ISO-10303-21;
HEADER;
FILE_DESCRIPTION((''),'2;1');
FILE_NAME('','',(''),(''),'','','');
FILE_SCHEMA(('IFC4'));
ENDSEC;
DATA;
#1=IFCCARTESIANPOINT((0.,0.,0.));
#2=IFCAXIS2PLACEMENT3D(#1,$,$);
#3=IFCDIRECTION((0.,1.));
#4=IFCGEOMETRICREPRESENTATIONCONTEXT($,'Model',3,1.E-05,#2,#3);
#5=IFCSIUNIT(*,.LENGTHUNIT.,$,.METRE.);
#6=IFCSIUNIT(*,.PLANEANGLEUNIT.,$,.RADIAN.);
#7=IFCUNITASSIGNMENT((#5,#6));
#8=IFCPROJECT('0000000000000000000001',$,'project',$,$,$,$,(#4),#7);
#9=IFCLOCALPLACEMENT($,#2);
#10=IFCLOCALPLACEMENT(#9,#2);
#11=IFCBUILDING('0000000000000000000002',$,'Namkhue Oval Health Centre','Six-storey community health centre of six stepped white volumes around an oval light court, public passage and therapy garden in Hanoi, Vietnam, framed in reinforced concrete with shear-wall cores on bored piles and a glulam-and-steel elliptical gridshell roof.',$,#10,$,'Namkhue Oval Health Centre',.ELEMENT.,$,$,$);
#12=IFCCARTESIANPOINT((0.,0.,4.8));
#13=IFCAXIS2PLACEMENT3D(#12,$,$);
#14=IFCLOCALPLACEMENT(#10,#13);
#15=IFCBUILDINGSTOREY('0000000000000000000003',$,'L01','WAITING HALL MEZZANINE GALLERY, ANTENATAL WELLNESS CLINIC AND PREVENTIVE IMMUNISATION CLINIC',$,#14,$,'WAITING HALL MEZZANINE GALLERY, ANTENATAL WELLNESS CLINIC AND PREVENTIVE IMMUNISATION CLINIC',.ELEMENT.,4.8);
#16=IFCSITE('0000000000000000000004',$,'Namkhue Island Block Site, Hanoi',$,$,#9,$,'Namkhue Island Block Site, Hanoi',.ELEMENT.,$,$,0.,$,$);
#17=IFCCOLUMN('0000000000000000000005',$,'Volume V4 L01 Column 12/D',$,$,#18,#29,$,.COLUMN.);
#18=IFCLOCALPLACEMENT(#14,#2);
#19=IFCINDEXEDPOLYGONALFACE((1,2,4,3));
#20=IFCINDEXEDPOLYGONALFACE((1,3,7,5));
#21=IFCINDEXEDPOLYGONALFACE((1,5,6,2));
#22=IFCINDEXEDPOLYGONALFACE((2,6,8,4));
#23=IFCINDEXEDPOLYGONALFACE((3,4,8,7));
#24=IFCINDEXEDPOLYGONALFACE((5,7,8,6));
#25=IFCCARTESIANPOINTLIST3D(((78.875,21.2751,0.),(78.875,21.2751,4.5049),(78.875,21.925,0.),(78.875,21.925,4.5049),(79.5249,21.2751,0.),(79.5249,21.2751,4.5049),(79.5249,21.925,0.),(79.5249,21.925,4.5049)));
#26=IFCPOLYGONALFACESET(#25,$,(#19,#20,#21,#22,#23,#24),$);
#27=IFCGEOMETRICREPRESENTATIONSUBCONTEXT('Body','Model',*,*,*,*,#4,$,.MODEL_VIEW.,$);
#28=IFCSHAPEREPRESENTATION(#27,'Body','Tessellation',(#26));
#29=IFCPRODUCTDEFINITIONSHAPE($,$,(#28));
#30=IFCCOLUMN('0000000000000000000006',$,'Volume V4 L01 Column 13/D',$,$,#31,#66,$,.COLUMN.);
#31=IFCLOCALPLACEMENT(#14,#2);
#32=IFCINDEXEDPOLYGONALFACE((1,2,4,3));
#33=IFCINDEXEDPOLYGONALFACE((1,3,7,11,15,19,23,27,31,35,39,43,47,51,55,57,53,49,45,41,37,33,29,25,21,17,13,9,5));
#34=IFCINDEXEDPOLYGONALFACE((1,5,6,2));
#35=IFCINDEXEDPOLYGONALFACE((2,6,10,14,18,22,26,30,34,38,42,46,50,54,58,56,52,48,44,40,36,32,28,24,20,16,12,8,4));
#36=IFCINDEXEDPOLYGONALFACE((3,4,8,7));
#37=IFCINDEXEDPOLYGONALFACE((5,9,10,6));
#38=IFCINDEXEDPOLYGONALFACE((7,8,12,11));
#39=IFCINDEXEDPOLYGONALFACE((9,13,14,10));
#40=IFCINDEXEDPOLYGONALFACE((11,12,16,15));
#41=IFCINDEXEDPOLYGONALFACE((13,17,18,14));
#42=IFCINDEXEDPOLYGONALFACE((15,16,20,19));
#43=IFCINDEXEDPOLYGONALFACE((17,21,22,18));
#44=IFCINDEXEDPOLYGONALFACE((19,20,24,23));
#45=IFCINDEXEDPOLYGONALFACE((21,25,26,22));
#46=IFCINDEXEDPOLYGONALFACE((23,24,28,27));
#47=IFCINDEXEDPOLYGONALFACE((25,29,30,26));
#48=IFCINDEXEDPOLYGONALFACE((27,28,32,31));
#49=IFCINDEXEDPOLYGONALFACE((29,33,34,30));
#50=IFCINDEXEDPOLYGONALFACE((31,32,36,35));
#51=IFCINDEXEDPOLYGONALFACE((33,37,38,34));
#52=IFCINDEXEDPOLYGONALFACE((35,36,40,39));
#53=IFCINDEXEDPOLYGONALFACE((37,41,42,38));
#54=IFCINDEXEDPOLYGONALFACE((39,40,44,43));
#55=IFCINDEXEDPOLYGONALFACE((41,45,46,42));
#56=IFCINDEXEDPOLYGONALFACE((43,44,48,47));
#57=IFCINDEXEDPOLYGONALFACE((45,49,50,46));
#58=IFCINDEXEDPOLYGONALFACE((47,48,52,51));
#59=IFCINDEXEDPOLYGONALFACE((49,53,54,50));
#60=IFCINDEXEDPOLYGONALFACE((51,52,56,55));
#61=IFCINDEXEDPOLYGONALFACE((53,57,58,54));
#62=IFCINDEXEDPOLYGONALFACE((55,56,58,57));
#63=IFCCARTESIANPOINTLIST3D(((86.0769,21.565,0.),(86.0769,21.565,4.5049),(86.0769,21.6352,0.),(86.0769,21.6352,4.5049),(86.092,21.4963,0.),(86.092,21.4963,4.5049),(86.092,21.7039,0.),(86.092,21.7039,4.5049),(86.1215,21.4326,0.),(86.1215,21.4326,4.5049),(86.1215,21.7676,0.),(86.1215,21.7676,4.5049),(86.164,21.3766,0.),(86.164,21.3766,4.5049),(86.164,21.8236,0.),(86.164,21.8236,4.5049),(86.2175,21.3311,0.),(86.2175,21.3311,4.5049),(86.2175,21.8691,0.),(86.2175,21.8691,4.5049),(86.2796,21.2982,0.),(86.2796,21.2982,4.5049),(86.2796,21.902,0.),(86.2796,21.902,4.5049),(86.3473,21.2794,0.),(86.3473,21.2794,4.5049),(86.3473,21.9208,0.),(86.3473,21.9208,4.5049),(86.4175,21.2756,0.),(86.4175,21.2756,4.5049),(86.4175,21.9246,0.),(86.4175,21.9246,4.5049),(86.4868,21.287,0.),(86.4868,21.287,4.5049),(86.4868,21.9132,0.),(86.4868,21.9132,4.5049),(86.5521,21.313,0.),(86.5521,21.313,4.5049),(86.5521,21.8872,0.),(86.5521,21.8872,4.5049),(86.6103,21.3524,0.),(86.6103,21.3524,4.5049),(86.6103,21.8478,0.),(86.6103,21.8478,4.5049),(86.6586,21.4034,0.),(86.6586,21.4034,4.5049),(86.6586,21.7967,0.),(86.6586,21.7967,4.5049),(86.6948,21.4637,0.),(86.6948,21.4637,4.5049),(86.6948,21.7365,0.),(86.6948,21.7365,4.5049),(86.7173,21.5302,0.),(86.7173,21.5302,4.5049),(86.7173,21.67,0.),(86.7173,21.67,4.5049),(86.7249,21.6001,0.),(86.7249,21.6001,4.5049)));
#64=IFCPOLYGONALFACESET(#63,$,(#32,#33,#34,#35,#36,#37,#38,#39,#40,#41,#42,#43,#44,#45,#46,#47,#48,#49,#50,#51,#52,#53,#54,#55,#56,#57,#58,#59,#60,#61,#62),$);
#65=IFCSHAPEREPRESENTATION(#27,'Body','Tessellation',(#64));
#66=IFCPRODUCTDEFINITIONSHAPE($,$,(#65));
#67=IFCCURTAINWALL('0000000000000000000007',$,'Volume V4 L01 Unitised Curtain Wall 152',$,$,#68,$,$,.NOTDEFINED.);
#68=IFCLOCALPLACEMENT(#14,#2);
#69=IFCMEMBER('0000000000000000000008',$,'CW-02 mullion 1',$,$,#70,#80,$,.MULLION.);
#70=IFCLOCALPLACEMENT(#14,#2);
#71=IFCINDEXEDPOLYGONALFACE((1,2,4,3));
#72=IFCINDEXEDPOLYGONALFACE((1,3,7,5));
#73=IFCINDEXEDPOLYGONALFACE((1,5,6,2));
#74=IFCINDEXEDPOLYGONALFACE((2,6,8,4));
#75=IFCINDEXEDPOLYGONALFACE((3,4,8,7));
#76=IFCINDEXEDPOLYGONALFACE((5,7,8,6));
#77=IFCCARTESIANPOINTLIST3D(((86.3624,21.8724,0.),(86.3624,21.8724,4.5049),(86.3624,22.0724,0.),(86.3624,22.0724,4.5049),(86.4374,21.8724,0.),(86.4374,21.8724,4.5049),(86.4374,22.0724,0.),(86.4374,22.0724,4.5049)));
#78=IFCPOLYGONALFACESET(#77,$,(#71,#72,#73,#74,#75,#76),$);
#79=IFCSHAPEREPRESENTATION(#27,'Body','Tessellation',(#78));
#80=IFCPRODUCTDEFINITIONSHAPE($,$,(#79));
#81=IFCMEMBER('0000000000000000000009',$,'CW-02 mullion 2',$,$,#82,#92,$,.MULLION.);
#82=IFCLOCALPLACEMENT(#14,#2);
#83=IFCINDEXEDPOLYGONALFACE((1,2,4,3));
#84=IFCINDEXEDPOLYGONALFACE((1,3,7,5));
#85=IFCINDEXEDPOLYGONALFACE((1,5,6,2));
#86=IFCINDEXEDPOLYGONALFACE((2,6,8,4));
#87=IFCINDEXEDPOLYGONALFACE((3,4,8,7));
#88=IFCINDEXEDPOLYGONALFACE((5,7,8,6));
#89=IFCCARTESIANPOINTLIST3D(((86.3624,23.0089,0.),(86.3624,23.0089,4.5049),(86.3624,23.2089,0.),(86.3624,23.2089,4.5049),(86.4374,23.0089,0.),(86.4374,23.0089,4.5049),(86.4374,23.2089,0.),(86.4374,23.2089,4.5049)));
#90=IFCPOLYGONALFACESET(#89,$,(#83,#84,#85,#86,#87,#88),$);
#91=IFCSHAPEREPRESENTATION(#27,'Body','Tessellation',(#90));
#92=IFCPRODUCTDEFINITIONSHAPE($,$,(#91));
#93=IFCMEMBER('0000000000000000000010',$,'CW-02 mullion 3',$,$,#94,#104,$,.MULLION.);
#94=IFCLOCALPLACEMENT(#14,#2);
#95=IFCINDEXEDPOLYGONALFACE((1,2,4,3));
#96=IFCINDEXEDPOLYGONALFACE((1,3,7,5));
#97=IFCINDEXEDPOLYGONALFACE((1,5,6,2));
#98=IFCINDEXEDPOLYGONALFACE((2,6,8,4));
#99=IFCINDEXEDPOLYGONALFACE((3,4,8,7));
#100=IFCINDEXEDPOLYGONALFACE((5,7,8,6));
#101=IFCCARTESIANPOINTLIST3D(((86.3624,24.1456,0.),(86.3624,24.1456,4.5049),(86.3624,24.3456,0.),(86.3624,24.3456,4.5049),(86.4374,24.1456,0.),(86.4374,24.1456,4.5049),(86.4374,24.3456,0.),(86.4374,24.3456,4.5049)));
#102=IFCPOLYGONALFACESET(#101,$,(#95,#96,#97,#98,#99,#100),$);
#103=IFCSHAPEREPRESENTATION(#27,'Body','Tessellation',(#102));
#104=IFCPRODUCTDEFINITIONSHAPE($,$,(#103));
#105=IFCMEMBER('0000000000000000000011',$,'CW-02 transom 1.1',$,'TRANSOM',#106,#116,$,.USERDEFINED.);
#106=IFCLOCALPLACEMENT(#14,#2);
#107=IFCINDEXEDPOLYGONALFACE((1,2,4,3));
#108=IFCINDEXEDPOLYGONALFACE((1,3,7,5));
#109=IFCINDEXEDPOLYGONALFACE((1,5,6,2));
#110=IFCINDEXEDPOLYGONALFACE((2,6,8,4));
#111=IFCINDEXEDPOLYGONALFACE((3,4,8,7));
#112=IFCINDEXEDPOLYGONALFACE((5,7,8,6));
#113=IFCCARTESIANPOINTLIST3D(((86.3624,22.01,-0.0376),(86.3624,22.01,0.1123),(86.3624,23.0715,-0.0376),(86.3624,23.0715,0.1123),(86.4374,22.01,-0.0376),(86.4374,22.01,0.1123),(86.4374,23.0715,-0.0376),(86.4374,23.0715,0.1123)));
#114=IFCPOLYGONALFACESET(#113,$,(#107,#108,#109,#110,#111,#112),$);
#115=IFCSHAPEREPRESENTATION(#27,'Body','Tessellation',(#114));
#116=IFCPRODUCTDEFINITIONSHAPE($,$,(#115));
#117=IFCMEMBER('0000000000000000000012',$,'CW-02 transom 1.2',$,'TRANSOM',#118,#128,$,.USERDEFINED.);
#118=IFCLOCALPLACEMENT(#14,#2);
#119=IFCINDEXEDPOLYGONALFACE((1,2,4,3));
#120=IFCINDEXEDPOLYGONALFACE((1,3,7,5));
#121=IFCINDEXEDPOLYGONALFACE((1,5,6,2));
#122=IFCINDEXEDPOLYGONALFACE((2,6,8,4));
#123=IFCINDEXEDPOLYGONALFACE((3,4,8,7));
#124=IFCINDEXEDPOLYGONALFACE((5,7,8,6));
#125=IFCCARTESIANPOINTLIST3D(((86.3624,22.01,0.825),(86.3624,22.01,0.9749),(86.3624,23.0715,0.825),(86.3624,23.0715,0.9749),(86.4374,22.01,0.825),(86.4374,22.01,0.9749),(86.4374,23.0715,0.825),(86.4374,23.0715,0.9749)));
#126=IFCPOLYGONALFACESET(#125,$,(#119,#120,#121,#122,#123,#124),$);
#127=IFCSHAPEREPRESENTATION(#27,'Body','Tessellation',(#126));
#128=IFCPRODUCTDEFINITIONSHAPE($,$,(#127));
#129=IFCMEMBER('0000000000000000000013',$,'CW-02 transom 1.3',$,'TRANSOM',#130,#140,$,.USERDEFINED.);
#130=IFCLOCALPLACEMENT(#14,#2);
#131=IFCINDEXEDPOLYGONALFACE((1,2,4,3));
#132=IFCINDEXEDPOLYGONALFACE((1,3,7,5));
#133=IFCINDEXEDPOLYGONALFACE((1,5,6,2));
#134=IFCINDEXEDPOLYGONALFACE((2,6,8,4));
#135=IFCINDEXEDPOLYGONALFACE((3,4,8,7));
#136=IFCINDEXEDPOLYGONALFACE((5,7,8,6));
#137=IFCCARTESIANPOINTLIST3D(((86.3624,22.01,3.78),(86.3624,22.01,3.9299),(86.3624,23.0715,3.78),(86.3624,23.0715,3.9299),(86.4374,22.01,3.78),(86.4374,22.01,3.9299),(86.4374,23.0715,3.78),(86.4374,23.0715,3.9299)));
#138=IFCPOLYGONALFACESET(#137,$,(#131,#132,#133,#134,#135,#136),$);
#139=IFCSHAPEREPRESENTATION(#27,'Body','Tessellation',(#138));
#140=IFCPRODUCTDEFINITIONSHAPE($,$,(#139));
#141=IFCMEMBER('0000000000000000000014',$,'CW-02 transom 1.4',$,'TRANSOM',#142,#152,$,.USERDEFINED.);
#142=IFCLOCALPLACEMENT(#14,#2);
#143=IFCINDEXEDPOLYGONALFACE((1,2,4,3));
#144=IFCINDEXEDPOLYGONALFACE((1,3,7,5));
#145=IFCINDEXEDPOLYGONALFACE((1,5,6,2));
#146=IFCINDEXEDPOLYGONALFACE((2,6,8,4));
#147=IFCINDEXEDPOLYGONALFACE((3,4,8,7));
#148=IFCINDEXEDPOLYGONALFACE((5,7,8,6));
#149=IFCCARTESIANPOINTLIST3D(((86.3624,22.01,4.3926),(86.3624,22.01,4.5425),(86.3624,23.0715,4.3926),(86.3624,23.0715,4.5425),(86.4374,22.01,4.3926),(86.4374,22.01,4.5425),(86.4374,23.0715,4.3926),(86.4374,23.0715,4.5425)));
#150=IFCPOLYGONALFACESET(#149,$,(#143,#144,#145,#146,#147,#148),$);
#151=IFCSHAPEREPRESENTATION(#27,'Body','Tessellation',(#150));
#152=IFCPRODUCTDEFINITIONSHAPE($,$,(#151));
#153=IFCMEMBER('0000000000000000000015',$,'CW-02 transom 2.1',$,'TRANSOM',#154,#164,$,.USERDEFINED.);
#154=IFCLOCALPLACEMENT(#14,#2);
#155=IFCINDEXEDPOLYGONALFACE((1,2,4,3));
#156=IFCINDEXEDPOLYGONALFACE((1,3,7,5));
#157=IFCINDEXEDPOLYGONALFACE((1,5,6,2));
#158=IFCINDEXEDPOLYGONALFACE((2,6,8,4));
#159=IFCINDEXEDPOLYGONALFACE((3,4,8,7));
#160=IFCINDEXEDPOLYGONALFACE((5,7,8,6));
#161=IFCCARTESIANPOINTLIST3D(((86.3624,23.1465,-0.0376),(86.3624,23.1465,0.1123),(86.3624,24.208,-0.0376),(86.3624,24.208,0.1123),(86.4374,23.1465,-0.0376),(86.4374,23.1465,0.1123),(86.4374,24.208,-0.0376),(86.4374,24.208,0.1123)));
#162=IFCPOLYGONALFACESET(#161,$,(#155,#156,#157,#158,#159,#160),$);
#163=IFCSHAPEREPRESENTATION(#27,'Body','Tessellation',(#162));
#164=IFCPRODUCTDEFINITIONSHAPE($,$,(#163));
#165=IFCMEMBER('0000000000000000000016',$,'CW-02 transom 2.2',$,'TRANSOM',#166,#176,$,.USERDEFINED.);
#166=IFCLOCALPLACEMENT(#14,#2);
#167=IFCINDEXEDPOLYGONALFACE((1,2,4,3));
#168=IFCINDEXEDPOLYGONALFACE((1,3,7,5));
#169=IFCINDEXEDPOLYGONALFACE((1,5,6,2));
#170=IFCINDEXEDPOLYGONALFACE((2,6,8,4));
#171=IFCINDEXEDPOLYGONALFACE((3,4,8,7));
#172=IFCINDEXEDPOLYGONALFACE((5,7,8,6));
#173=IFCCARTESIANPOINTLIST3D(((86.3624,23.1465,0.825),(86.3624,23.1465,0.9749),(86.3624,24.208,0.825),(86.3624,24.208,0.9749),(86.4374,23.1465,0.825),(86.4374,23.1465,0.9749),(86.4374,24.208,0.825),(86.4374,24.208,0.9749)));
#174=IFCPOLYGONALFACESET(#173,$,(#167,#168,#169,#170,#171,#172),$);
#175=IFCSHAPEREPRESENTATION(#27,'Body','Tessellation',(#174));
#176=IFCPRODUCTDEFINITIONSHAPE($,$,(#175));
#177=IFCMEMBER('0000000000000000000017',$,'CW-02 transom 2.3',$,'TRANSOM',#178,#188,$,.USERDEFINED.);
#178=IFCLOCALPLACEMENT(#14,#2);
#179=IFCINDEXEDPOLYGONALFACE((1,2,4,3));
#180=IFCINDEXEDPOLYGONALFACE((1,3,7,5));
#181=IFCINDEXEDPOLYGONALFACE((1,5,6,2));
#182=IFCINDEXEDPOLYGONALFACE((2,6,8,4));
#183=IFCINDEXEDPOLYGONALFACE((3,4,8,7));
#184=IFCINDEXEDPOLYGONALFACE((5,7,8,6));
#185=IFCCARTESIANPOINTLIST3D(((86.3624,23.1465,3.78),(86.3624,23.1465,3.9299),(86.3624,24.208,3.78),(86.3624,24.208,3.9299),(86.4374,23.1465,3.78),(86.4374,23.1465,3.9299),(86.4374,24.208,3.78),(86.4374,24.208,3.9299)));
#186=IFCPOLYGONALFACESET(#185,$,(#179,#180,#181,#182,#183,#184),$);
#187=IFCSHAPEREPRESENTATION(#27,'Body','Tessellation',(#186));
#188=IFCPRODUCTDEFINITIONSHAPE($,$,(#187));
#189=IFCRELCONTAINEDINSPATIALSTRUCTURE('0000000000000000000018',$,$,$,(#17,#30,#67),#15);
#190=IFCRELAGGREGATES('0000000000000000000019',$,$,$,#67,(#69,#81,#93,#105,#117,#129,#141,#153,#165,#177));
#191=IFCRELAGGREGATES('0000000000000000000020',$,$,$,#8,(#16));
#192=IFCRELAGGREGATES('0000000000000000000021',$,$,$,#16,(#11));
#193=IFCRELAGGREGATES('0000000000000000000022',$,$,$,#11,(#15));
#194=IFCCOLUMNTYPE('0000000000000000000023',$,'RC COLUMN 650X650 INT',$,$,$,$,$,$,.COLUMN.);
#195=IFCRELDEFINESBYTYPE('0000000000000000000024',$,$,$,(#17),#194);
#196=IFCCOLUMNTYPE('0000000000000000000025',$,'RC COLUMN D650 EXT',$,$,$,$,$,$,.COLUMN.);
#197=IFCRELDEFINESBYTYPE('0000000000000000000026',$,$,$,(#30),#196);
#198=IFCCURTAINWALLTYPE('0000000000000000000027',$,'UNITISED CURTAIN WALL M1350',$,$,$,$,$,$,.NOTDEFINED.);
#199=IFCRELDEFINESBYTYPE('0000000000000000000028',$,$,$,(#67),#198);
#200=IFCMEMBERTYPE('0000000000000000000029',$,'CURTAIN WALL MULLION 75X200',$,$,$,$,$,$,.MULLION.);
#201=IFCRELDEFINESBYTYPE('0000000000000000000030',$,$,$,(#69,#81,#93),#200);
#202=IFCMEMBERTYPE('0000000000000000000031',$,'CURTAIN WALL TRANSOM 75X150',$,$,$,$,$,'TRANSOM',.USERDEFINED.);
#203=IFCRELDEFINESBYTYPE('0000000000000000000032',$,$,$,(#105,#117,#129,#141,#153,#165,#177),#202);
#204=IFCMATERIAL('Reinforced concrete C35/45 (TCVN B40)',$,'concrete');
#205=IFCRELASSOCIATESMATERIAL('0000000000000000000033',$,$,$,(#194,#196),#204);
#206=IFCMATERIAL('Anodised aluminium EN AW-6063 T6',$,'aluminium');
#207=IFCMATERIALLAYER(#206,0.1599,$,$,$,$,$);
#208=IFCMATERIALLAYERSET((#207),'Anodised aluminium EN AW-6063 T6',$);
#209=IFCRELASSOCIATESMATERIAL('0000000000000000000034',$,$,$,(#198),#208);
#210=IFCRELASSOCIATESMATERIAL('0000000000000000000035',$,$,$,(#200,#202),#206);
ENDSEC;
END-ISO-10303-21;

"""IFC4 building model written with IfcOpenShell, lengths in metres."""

from ifc_helpers import new_model, si_unit, direction, frame, origin, origin_2d, place, context, subcontext, project, spatial, rectangle, circle, extrude, material, layer, layer_set, material_profile, profile_set, type_object, element, aggregate, save


model = new_model("IFC4")

# Units and contexts
model_context = context("Model", 3, precision=1e-05, world=origin(), true_north=direction((0.0, 1.0)))
body_context = subcontext(model_context, "Body", "Model", "MODEL_VIEW")
ifc_project = project(units=[si_unit("LENGTHUNIT", "METRE"), si_unit("PLANEANGLEUNIT", "RADIAN")], contexts=[model_context])

# Site, building, storey
site_placement = place(None, origin())
site = spatial("IfcSite", under=ifc_project, at=site_placement, Name="Namkhue Island Block Site, Hanoi", LongName="Namkhue Island Block Site, Hanoi", CompositionType="ELEMENT", RefElevation=0.0)
building_placement = place(site_placement, origin())
building = spatial("IfcBuilding", under=site, at=building_placement, Name="Namkhue Oval Health Centre", Description="Six-storey community health centre of six stepped white volumes around an oval light court, public passage and therapy garden in Hanoi, Vietnam, framed in reinforced concrete with shear-wall cores on bored piles and a glulam-and-steel elliptical gridshell roof.", LongName="Namkhue Oval Health Centre", CompositionType="ELEMENT")
storey_placement = place(building_placement, frame((0.0, 0.0, 4.8)))
storey = spatial("IfcBuildingStorey", under=building, at=storey_placement, Name="L01", Description="WAITING HALL MEZZANINE GALLERY, ANTENATAL WELLNESS CLINIC AND PREVENTIVE IMMUNISATION CLINIC", LongName="WAITING HALL MEZZANINE GALLERY, ANTENATAL WELLNESS CLINIC AND PREVENTIVE IMMUNISATION CLINIC", CompositionType="ELEMENT", Elevation=4.8)

# Columns
ifc_material_1 = material(Name="Reinforced concrete C35/45 (TCVN B40)", Category="concrete")
ifc_material_profile_1 = material_profile(ifc_material_1, rectangle(XDim=0.6499, YDim=0.6499, at=origin_2d()), Name="RC 650x650")
ifc_profile_set_1 = profile_set([ifc_material_profile_1], Name="Reinforced concrete C35/45 (TCVN B40)")
column_type_1 = type_object("IfcColumnType", Name="RC COLUMN 650X650 INT", PredefinedType="COLUMN", material=ifc_profile_set_1)
column_1_placement = place(storey_placement, frame((79.2, 21.6001, 0.0), z_axis=(0.0, 0.0, 1.0), x_axis=(1.0, 0.0, 0.0)))
element("IfcColumn", 1, at=column_1_placement, inside=storey, type_object=column_type_1, Name="Volume V4 L01 Column 12/D", PredefinedType="COLUMN", context=body_context, shape_type="SweptSolid", body=[
    extrude(rectangle(XDim=0.6499, YDim=0.6499, at=origin_2d()), origin(), (0.0, 0.0, 1.0), 4.5049),
])
ifc_material_profile_2 = material_profile(ifc_material_1, circle(Radius=0.325, at=origin_2d()), Name="RC D650")
ifc_profile_set_2 = profile_set([ifc_material_profile_2], Name="Reinforced concrete C35/45 (TCVN B40)")
column_type_2 = type_object("IfcColumnType", Name="RC COLUMN D650 EXT", PredefinedType="COLUMN", material=ifc_profile_set_2)
column_2_placement = place(storey_placement, frame((86.3999, 21.6001, 0.0), z_axis=(0.0, 0.0, 1.0), x_axis=(1.0, 0.0, 0.0)))
element("IfcColumn", 2, at=column_2_placement, inside=storey, type_object=column_type_2, Name="Volume V4 L01 Column 13/D", PredefinedType="COLUMN", context=body_context, shape_type="SweptSolid", body=[
    extrude(circle(Radius=0.325, at=origin_2d()), origin(), (0.0, 0.0, 1.0), 4.5049),
])

# Curtain wall, members
ifc_material_2 = material(Name="Anodised aluminium EN AW-6063 T6", Category="aluminium")
ifc_layer_1 = layer(ifc_material_2, 0.1599)
ifc_layer_set_1 = layer_set([ifc_layer_1], Name="Anodised aluminium EN AW-6063 T6")
curtain_wall_type = type_object("IfcCurtainWallType", Name="UNITISED CURTAIN WALL M1350", PredefinedType="NOTDEFINED", material=ifc_layer_set_1)
curtain_wall_placement = place(storey_placement, origin())
curtain_wall = element("IfcCurtainWall", 3, at=curtain_wall_placement, inside=storey, type_object=curtain_wall_type, Name="Volume V4 L01 Unitised Curtain Wall 152", PredefinedType="NOTDEFINED")
ifc_material_profile_3 = material_profile(ifc_material_2, rectangle(XDim=0.075, YDim=0.2, at=origin_2d()), Name="ALU 75x200")
ifc_profile_set_3 = profile_set([ifc_material_profile_3], Name="Anodised aluminium EN AW-6063 T6")
member_type_1 = type_object("IfcMemberType", Name="CURTAIN WALL MULLION 75X200", PredefinedType="MULLION", material=ifc_profile_set_3)
member_1_placement = place(storey_placement, frame((86.3999, 21.9724, 0.0), z_axis=(0.0, 0.0, 1.0), x_axis=(-1.0, 0.0, 0.0)))
member_1 = element("IfcMember", 4, at=member_1_placement, type_object=member_type_1, Name="CW-02 mullion 1", PredefinedType="MULLION", context=body_context, shape_type="SweptSolid", body=[
    extrude(rectangle(XDim=0.075, YDim=0.2, at=origin_2d()), origin(), (0.0, 0.0, 1.0), 4.5049),
])
member_2_placement = place(storey_placement, frame((86.3999, 23.1089, 0.0), z_axis=(0.0, 0.0, 1.0), x_axis=(-1.0, 0.0, 0.0)))
member_2 = element("IfcMember", 5, at=member_2_placement, type_object=member_type_1, Name="CW-02 mullion 2", PredefinedType="MULLION", context=body_context, shape_type="SweptSolid", body=[
    extrude(rectangle(XDim=0.075, YDim=0.2, at=origin_2d()), origin(), (0.0, 0.0, 1.0), 4.5049),
])
member_3_placement = place(storey_placement, frame((86.3999, 24.2456, 0.0), z_axis=(0.0, 0.0, 1.0), x_axis=(-1.0, 0.0, 0.0)))
member_3 = element("IfcMember", 6, at=member_3_placement, type_object=member_type_1, Name="CW-02 mullion 3", PredefinedType="MULLION", context=body_context, shape_type="SweptSolid", body=[
    extrude(rectangle(XDim=0.075, YDim=0.2, at=origin_2d()), origin(), (0.0, 0.0, 1.0), 4.5049),
])
ifc_material_profile_4 = material_profile(ifc_material_2, rectangle(XDim=0.075, YDim=0.1499, at=origin_2d()), Name="ALU 75x150")
ifc_profile_set_4 = profile_set([ifc_material_profile_4], Name="Anodised aluminium EN AW-6063 T6")
member_type_2 = type_object("IfcMemberType", Name="CURTAIN WALL TRANSOM 75X150", ElementType="TRANSOM", PredefinedType="USERDEFINED", material=ifc_profile_set_4)
member_4_placement = place(storey_placement, frame((86.3999, 22.01, 0.0374), z_axis=(0.0, 1.0, 0.0), x_axis=(-1.0, 0.0, 0.0)))
member_4 = element("IfcMember", 7, at=member_4_placement, type_object=member_type_2, Name="CW-02 transom 1.1", ObjectType="TRANSOM", PredefinedType="USERDEFINED", context=body_context, shape_type="SweptSolid", body=[
    extrude(rectangle(XDim=0.075, YDim=0.1499, at=origin_2d()), origin(), (0.0, 0.0, 1.0), 1.0615),
])
member_5_placement = place(storey_placement, frame((86.3999, 22.01, 0.8999), z_axis=(0.0, 1.0, 0.0), x_axis=(-1.0, 0.0, 0.0)))
member_5 = element("IfcMember", 8, at=member_5_placement, type_object=member_type_2, Name="CW-02 transom 1.2", ObjectType="TRANSOM", PredefinedType="USERDEFINED", context=body_context, shape_type="SweptSolid", body=[
    extrude(rectangle(XDim=0.075, YDim=0.1499, at=origin_2d()), origin(), (0.0, 0.0, 1.0), 1.0615),
])
member_6_placement = place(storey_placement, frame((86.3999, 22.01, 3.855), z_axis=(0.0, 1.0, 0.0), x_axis=(-1.0, 0.0, 0.0)))
member_6 = element("IfcMember", 9, at=member_6_placement, type_object=member_type_2, Name="CW-02 transom 1.3", ObjectType="TRANSOM", PredefinedType="USERDEFINED", context=body_context, shape_type="SweptSolid", body=[
    extrude(rectangle(XDim=0.075, YDim=0.1499, at=origin_2d()), origin(), (0.0, 0.0, 1.0), 1.0615),
])
member_7_placement = place(storey_placement, frame((86.3999, 22.01, 4.4675), z_axis=(0.0, 1.0, 0.0), x_axis=(-1.0, 0.0, 0.0)))
member_7 = element("IfcMember", 10, at=member_7_placement, type_object=member_type_2, Name="CW-02 transom 1.4", ObjectType="TRANSOM", PredefinedType="USERDEFINED", context=body_context, shape_type="SweptSolid", body=[
    extrude(rectangle(XDim=0.075, YDim=0.1499, at=origin_2d()), origin(), (0.0, 0.0, 1.0), 1.0615),
])
member_8_placement = place(storey_placement, frame((86.3999, 23.1465, 0.0374), z_axis=(0.0, 1.0, 0.0), x_axis=(-1.0, 0.0, 0.0)))
member_8 = element("IfcMember", 11, at=member_8_placement, type_object=member_type_2, Name="CW-02 transom 2.1", ObjectType="TRANSOM", PredefinedType="USERDEFINED", context=body_context, shape_type="SweptSolid", body=[
    extrude(rectangle(XDim=0.075, YDim=0.1499, at=origin_2d()), origin(), (0.0, 0.0, 1.0), 1.0615),
])
member_9_placement = place(storey_placement, frame((86.3999, 23.1465, 0.8999), z_axis=(0.0, 1.0, 0.0), x_axis=(-1.0, 0.0, 0.0)))
member_9 = element("IfcMember", 12, at=member_9_placement, type_object=member_type_2, Name="CW-02 transom 2.2", ObjectType="TRANSOM", PredefinedType="USERDEFINED", context=body_context, shape_type="SweptSolid", body=[
    extrude(rectangle(XDim=0.075, YDim=0.1499, at=origin_2d()), origin(), (0.0, 0.0, 1.0), 1.0615),
])
member_10_placement = place(storey_placement, frame((86.3999, 23.1465, 3.855), z_axis=(0.0, 1.0, 0.0), x_axis=(-1.0, 0.0, 0.0)))
member_10 = element("IfcMember", 13, at=member_10_placement, type_object=member_type_2, Name="CW-02 transom 2.3", ObjectType="TRANSOM", PredefinedType="USERDEFINED", context=body_context, shape_type="SweptSolid", body=[
    extrude(rectangle(XDim=0.075, YDim=0.1499, at=origin_2d()), origin(), (0.0, 0.0, 1.0), 1.0615),
])

aggregate(curtain_wall, [member_1, member_2, member_3, member_4, member_5, member_6, member_7, member_8, member_9, member_10])

save(model, "model.ifc")
